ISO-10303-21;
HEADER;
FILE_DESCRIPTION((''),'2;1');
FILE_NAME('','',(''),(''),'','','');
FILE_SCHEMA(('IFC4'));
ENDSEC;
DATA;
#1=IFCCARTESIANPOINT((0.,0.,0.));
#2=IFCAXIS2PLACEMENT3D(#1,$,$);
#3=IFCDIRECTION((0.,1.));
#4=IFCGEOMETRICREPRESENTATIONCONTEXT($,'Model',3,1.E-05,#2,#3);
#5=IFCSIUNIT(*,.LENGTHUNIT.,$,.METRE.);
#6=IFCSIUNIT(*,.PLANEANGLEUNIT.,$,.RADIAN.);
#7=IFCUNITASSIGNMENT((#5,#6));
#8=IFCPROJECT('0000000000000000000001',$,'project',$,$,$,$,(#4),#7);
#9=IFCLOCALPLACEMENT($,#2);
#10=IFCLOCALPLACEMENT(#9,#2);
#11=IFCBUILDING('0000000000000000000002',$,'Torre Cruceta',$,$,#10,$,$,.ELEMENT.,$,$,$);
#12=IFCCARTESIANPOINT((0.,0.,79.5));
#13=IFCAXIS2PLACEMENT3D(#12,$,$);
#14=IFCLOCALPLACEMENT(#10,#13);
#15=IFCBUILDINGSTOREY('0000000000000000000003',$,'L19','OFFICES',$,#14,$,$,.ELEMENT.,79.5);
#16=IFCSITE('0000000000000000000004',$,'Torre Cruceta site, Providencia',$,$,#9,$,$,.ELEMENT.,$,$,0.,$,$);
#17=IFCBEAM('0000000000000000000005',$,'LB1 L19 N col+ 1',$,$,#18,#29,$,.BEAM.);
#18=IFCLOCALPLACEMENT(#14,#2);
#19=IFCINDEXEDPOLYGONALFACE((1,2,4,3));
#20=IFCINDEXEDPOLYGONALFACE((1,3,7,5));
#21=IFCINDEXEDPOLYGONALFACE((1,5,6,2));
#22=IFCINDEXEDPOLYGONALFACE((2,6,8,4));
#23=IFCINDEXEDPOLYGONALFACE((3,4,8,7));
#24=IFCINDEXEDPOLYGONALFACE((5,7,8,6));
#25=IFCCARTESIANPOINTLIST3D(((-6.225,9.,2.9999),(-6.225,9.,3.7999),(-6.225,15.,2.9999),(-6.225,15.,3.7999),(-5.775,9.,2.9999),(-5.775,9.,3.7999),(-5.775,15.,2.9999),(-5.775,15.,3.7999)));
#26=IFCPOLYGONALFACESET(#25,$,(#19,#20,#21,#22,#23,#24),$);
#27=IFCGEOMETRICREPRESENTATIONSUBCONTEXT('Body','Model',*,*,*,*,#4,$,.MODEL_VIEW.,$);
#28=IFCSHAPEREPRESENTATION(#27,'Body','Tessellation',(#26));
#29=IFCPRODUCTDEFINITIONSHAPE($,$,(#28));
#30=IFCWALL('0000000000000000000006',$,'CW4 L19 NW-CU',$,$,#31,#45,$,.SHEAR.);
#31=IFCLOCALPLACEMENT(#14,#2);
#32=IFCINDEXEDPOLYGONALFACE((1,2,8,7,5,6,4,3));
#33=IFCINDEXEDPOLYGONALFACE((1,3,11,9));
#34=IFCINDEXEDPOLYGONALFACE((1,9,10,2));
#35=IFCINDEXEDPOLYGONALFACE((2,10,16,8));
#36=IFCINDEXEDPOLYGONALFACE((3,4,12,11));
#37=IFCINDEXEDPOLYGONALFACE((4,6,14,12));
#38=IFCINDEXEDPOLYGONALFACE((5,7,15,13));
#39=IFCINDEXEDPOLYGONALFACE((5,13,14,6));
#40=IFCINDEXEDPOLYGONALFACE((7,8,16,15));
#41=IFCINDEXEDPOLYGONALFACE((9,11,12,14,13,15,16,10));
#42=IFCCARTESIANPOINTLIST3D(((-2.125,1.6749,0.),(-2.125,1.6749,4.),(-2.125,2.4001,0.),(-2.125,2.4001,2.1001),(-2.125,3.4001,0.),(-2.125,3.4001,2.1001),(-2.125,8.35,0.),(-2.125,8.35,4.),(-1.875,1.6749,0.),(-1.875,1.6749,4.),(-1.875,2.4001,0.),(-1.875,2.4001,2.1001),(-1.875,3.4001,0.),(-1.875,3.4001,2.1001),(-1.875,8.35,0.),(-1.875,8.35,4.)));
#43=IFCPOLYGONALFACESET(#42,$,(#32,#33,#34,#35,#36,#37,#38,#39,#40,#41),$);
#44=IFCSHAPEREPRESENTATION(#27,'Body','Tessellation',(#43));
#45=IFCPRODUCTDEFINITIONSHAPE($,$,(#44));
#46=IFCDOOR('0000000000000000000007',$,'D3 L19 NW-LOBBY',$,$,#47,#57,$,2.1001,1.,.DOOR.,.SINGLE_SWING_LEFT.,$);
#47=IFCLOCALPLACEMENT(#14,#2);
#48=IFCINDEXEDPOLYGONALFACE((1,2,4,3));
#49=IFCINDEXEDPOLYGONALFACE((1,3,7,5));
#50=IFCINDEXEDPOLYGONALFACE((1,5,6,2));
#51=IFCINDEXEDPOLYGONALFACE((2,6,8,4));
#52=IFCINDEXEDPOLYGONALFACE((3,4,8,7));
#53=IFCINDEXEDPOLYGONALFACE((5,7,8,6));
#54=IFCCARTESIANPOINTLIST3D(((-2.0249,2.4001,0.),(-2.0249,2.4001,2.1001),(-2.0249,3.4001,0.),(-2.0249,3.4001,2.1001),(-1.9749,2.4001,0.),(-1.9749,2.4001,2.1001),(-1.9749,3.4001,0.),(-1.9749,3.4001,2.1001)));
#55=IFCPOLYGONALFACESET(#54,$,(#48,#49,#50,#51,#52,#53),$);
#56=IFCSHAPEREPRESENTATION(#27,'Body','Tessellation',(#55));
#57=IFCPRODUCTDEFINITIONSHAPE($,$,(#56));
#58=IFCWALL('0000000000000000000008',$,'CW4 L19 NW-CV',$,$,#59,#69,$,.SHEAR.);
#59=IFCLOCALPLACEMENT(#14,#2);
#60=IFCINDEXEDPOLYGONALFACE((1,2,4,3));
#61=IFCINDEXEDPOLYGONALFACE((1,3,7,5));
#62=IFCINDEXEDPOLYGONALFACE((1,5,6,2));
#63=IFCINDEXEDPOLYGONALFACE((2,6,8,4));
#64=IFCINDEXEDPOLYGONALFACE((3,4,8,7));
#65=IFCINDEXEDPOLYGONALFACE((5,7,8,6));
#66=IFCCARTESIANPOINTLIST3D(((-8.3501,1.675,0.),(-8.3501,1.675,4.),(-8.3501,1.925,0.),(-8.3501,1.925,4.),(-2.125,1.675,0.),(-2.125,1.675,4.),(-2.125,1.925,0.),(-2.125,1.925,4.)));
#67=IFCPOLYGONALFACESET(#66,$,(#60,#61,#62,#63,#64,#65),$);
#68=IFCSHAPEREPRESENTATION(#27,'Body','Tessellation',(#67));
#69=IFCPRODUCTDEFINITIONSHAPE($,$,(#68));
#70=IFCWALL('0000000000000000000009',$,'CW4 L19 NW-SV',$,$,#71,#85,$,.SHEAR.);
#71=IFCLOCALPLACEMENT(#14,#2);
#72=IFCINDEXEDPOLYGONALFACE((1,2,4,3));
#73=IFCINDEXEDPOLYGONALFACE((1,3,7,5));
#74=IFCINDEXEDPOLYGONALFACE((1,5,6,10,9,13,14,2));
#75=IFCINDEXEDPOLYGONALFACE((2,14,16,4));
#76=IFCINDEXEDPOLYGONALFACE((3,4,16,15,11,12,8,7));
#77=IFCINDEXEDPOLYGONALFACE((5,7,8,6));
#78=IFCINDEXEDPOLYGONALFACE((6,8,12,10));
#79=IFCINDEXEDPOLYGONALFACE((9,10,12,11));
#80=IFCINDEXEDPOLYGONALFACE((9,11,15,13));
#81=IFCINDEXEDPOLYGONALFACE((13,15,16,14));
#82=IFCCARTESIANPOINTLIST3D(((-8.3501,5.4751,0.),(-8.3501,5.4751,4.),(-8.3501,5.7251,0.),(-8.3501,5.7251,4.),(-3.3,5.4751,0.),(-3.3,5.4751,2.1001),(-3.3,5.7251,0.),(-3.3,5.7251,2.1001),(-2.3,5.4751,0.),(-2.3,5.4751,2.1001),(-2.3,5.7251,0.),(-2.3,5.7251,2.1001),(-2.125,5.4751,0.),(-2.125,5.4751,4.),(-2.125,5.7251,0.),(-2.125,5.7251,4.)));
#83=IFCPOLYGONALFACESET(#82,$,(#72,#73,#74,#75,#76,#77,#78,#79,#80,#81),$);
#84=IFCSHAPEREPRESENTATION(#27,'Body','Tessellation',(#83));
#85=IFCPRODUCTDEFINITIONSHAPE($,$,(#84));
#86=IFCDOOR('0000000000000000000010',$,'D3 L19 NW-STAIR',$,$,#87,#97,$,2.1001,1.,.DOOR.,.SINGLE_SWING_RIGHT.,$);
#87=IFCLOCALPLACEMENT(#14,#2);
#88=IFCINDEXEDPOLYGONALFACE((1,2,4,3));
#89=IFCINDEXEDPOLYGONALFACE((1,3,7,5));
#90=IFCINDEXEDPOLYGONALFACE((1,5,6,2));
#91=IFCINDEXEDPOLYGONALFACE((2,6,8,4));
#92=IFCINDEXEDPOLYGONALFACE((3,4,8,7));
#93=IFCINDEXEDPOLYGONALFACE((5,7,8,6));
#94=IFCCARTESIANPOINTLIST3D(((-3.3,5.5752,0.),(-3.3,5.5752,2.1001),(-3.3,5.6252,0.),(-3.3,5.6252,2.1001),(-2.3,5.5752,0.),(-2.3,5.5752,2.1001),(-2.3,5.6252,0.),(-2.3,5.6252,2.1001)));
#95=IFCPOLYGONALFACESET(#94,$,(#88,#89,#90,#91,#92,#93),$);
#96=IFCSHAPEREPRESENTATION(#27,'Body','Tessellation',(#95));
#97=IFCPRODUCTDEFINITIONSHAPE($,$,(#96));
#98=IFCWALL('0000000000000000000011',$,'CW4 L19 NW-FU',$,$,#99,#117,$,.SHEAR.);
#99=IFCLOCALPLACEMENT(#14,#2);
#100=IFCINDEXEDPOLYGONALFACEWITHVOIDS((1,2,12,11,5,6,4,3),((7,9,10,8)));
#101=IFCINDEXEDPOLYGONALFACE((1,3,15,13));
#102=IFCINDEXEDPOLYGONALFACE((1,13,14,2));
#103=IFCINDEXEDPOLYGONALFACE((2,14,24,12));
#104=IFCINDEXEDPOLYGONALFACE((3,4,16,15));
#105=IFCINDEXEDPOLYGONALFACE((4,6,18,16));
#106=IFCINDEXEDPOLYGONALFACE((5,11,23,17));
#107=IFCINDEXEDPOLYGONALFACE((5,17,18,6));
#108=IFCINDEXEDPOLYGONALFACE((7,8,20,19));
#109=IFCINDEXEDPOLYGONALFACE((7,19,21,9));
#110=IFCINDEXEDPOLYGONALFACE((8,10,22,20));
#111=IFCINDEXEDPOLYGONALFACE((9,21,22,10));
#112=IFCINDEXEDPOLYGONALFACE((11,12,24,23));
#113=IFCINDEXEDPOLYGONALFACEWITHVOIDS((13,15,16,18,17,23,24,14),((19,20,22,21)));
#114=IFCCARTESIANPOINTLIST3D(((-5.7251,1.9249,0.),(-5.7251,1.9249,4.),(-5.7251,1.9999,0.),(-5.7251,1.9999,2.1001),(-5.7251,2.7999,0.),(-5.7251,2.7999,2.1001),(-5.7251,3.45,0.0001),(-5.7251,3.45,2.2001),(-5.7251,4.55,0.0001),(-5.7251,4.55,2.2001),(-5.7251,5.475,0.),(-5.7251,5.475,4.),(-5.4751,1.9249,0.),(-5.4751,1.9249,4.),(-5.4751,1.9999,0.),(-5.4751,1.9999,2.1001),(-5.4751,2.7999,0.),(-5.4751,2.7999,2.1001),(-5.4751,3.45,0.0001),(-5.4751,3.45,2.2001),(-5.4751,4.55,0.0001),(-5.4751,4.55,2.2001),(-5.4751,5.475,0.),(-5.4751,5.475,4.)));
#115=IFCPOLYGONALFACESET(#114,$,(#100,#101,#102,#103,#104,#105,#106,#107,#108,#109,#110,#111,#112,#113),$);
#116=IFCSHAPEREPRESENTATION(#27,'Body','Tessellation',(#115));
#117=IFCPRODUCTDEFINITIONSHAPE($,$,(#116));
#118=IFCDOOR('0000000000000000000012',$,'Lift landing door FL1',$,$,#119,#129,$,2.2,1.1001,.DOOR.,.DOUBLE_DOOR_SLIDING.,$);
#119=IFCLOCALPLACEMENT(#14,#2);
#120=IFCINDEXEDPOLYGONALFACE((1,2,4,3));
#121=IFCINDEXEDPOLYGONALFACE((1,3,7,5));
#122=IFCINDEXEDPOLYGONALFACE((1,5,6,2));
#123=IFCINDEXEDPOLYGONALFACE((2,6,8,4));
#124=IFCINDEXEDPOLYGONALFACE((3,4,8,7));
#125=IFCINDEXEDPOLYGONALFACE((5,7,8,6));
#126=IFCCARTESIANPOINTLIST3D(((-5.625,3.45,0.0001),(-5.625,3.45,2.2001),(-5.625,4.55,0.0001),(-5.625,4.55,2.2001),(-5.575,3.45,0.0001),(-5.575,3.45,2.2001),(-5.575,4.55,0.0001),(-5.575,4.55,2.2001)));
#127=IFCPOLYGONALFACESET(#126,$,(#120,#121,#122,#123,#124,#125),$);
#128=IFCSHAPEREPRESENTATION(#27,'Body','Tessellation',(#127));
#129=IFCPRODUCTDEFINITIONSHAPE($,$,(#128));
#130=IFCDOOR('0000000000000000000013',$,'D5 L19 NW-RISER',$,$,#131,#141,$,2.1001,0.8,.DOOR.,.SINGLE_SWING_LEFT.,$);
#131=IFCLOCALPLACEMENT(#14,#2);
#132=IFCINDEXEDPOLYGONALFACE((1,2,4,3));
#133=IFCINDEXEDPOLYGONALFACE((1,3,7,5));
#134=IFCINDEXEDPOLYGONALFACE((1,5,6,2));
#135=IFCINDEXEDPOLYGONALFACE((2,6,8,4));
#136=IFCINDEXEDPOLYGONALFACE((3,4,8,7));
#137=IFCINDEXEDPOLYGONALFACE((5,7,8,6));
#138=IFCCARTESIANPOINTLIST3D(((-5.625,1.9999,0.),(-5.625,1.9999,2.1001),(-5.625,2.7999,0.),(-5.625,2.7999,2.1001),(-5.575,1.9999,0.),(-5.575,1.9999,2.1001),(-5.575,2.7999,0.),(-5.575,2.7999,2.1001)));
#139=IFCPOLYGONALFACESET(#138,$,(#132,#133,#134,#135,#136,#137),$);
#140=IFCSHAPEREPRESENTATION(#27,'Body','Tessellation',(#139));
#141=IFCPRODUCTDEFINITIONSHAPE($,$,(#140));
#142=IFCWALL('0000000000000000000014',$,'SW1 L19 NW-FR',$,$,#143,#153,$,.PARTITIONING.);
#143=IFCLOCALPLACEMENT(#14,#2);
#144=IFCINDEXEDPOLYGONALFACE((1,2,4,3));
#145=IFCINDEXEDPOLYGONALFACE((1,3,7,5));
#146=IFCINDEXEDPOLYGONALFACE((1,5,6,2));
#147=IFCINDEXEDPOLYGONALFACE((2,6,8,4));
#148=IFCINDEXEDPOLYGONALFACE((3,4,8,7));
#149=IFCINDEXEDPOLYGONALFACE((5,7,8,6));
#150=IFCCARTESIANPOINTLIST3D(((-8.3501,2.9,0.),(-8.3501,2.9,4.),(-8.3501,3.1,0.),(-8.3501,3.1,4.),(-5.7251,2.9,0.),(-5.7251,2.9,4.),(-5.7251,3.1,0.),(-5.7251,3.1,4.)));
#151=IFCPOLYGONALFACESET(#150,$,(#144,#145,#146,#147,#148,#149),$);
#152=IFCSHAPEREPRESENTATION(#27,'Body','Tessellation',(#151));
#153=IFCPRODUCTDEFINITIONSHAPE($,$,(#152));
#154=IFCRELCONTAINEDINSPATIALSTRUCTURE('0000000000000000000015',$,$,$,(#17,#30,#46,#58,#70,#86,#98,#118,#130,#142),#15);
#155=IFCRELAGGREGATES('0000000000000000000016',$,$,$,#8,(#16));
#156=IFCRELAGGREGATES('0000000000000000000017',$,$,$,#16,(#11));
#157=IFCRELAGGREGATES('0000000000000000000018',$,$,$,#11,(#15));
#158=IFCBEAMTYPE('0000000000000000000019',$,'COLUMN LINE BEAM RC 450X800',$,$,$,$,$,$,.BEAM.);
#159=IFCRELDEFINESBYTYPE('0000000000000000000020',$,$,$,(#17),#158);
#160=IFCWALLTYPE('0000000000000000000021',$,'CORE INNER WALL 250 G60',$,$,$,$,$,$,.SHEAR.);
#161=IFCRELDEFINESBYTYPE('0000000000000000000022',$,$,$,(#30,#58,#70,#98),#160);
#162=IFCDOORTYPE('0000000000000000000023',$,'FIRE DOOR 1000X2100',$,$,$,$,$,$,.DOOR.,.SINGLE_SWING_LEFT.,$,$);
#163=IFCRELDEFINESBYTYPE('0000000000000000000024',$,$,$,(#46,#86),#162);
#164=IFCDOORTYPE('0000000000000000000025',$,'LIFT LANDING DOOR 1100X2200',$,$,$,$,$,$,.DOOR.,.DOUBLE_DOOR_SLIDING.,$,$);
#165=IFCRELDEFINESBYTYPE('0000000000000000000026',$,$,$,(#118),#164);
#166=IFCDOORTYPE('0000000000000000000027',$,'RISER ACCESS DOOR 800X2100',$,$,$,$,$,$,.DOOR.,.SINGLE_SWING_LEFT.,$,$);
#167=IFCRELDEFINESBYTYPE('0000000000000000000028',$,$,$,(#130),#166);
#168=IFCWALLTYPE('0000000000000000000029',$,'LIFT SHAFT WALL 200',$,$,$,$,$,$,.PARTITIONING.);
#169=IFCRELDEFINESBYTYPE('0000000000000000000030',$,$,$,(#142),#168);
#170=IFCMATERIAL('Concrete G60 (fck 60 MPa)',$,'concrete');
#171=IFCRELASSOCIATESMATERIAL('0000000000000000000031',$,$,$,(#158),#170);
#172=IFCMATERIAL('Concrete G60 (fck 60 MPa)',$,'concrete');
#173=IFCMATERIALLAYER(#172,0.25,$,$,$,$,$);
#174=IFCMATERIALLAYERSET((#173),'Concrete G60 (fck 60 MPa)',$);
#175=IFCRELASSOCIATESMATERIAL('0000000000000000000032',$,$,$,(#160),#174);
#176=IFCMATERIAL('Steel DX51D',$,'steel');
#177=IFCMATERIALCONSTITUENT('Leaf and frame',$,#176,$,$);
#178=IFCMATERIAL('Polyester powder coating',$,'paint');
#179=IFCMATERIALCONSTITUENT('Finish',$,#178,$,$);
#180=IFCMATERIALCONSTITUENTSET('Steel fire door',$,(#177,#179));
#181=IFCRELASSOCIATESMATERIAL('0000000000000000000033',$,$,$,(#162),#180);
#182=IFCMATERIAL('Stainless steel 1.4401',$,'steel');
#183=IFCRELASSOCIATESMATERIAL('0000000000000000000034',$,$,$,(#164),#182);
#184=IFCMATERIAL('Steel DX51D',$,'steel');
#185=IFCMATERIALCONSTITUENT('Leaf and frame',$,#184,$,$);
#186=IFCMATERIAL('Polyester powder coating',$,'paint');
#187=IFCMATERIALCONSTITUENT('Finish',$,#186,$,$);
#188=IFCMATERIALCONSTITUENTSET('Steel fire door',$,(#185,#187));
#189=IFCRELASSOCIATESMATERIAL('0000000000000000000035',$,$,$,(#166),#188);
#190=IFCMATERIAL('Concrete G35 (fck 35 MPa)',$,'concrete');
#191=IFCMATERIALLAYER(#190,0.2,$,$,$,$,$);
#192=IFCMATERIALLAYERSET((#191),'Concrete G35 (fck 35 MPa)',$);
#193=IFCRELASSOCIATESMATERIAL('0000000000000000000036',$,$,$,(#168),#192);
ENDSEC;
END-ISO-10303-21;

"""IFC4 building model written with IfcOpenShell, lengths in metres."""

from ifc_helpers import new_model, si_unit, direction, frame, frame_2d, origin, origin_2d, place, context, subcontext, project, spatial, rectangle, extrude, material, layer, layer_set, constituent, constituent_set, material_profile, profile_set, type_object, element, fill, save


model = new_model("IFC4")

# Units and contexts
model_context = context("Model", 3, precision=1e-05, world=origin(), true_north=direction((0.0, 1.0)))
body_context = subcontext(model_context, "Body", "Model", "MODEL_VIEW")
ifc_project = project(units=[si_unit("LENGTHUNIT", "METRE"), si_unit("PLANEANGLEUNIT", "RADIAN")], contexts=[model_context])

# Site, building, storey
site_placement = place(None, origin())
site = spatial("IfcSite", under=ifc_project, at=site_placement, Name="Torre Cruceta site, Providencia", CompositionType="ELEMENT", RefElevation=0.0)
building_placement = place(site_placement, origin())
building = spatial("IfcBuilding", under=site, at=building_placement, Name="Torre Cruceta", CompositionType="ELEMENT")
storey_placement = place(building_placement, frame((0.0, 0.0, 79.5)))
storey = spatial("IfcBuildingStorey", under=building, at=storey_placement, Name="L19", Description="OFFICES", CompositionType="ELEMENT", Elevation=79.5)

# Beam
ifc_material_1 = material(Name="Concrete G60 (fck 60 MPa)", Category="concrete")
ifc_material_profile = material_profile(ifc_material_1, rectangle(XDim=0.45, YDim=0.8, at=origin_2d()), Name="RC 450X800")
ifc_profile_set = profile_set([ifc_material_profile], Name="Concrete G60 (fck 60 MPa)")
beam_type = type_object("IfcBeamType", Name="COLUMN LINE BEAM RC 450X800", PredefinedType="BEAM", material=ifc_profile_set)
beam_placement = place(storey_placement, frame((-6.0, 9.0, 3.3999), z_axis=(0.0, 1.0, 0.0), x_axis=(-1.0, 0.0, 0.0)))
element("IfcBeam", 1, at=beam_placement, inside=storey, type_object=beam_type, Name="LB1 L19 N col+ 1", PredefinedType="BEAM", context=body_context, shape_type="SweptSolid", body=[
    extrude(rectangle(XDim=0.45, YDim=0.8, at=origin_2d()), origin(), (0.0, 0.0, 1.0), 6.0),
])

# Wall, opening, door
ifc_material_2 = material(Name="Concrete G60 (fck 60 MPa)", Category="concrete")
ifc_layer_1 = layer(ifc_material_2, 0.25)
ifc_layer_set_1 = layer_set([ifc_layer_1], Name="Concrete G60 (fck 60 MPa)")
wall_type_1 = type_object("IfcWallType", Name="CORE INNER WALL 250 G60", PredefinedType="SHEAR", material=ifc_layer_set_1)
wall_1_placement = place(storey_placement, frame((-2.0, 1.675, 0.0), z_axis=(0.0, 0.0, 1.0), x_axis=(0.0, 1.0, 0.0)))
wall_1 = element("IfcWall", 2, at=wall_1_placement, inside=storey, type_object=wall_type_1, Name="CW4 L19 NW-CU", PredefinedType="SHEAR", context=body_context, shape_type="SweptSolid", body=[
    extrude(rectangle(XDim=6.675, YDim=0.25, at=frame_2d((3.3374, 0.0))), origin(), (0.0, 0.0, 1.0), 4.0),
])
opening_1_placement = place(wall_1_placement, frame((0.7251, 0.0, 0.0)))
opening_1 = element("IfcOpeningElement", 3, at=opening_1_placement, cuts=wall_1, PredefinedType="OPENING", context=body_context, shape_type="SweptSolid", body=[
    extrude(rectangle(XDim=1.0, YDim=2.1001, at=frame_2d((0.5, 1.05))), frame((0.0, 0.135, 0.0), z_axis=(0.0, -1.0, 0.0), x_axis=(1.0, 0.0, 0.0)), (0.0, 0.0, 1.0), 0.27),
])
ifc_material_3 = material(Name="Steel DX51D", Category="steel")
ifc_constituent_1 = constituent(ifc_material_3, Name="Leaf and frame")
ifc_material_4 = material(Name="Polyester powder coating", Category="paint")
ifc_constituent_2 = constituent(ifc_material_4, Name="Finish")
ifc_constituent_set_1 = constituent_set(constituents=[ifc_constituent_1, ifc_constituent_2], Name="Steel fire door")
door_type_1 = type_object("IfcDoorType", Name="FIRE DOOR 1000X2100", OperationType="SINGLE_SWING_LEFT", PredefinedType="DOOR", material=ifc_constituent_set_1)
door_1_placement = place(opening_1_placement, origin())
door_1 = element("IfcDoor", 4, at=door_1_placement, inside=storey, type_object=door_type_1, Name="D3 L19 NW-LOBBY", OperationType="SINGLE_SWING_LEFT", OverallHeight=2.1001, OverallWidth=1.0, PredefinedType="DOOR", context=body_context, shape_type="SweptSolid", body=[
    extrude(rectangle(XDim=1.0, YDim=2.1001, at=frame_2d((0.5, 1.05))), frame((0.0, 0.0249, 0.0), z_axis=(0.0, -1.0, 0.0), x_axis=(1.0, 0.0, 0.0)), (0.0, 0.0, 1.0), 0.05),
])
fill(opening_1, door_1)

# Wall
wall_2_placement = place(storey_placement, frame((-2.125, 1.8, 0.0), z_axis=(0.0, 0.0, 1.0), x_axis=(-1.0, 0.0, 0.0)))
element("IfcWall", 5, at=wall_2_placement, inside=storey, type_object=wall_type_1, Name="CW4 L19 NW-CV", PredefinedType="SHEAR", context=body_context, shape_type="SweptSolid", body=[
    extrude(rectangle(XDim=6.2251, YDim=0.25, at=frame_2d((3.1125, 0.0))), origin(), (0.0, 0.0, 1.0), 4.0),
])

# Wall, opening, door
wall_3_placement = place(storey_placement, frame((-2.125, 5.6001, 0.0), z_axis=(0.0, 0.0, 1.0), x_axis=(-1.0, 0.0, 0.0)))
wall_3 = element("IfcWall", 6, at=wall_3_placement, inside=storey, type_object=wall_type_1, Name="CW4 L19 NW-SV", PredefinedType="SHEAR", context=body_context, shape_type="SweptSolid", body=[
    extrude(rectangle(XDim=6.2251, YDim=0.25, at=frame_2d((3.1125, 0.0))), origin(), (0.0, 0.0, 1.0), 4.0),
])
opening_2_placement = place(wall_3_placement, frame((0.175, 0.0, 0.0)))
opening_2 = element("IfcOpeningElement", 7, at=opening_2_placement, cuts=wall_3, PredefinedType="OPENING", context=body_context, shape_type="SweptSolid", body=[
    extrude(rectangle(XDim=1.0, YDim=2.1001, at=frame_2d((0.5, 1.05))), frame((0.0, 0.135, 0.0), z_axis=(0.0, -1.0, 0.0), x_axis=(1.0, 0.0, 0.0)), (0.0, 0.0, 1.0), 0.27),
])
door_2_placement = place(opening_2_placement, frame((1.0, 0.0, 0.0), z_axis=(0.0, 0.0, 1.0), x_axis=(-1.0, 0.0, 0.0)))
door_2 = element("IfcDoor", 8, at=door_2_placement, inside=storey, type_object=door_type_1, Name="D3 L19 NW-STAIR", OperationType="SINGLE_SWING_RIGHT", OverallHeight=2.1001, OverallWidth=1.0, PredefinedType="DOOR", context=body_context, shape_type="SweptSolid", body=[
    extrude(rectangle(XDim=1.0, YDim=2.1001, at=frame_2d((0.5, 1.05))), frame((0.0, 0.0251, 0.0), z_axis=(0.0, -1.0, 0.0), x_axis=(1.0, 0.0, 0.0)), (0.0, 0.0, 1.0), 0.05),
])
fill(opening_2, door_2)

# Wall, openings, doors
wall_4_placement = place(storey_placement, frame((-5.6001, 1.925, 0.0), z_axis=(0.0, 0.0, 1.0), x_axis=(0.0, 1.0, 0.0)))
wall_4 = element("IfcWall", 9, at=wall_4_placement, inside=storey, type_object=wall_type_1, Name="CW4 L19 NW-FU", PredefinedType="SHEAR", context=body_context, shape_type="SweptSolid", body=[
    extrude(rectangle(XDim=3.55, YDim=0.25, at=frame_2d((1.7749, 0.0))), origin(), (0.0, 0.0, 1.0), 4.0),
])
opening_3_placement = place(wall_4_placement, frame((1.5249, 0.0, 0.0)))
opening_3 = element("IfcOpeningElement", 10, at=opening_3_placement, cuts=wall_4, PredefinedType="OPENING", context=body_context, shape_type="SweptSolid", body=[
    extrude(rectangle(XDim=1.1001, YDim=2.2, at=frame_2d((0.55, 1.1001))), frame((0.0, 0.135, 0.0), z_axis=(0.0, -1.0, 0.0), x_axis=(1.0, 0.0, 0.0)), (0.0, 0.0, 1.0), 0.27),
])
opening_4_placement = place(wall_4_placement, frame((0.075, 0.0, 0.0)))
opening_4 = element("IfcOpeningElement", 11, at=opening_4_placement, cuts=wall_4, PredefinedType="OPENING", context=body_context, shape_type="SweptSolid", body=[
    extrude(rectangle(XDim=0.8, YDim=2.1001, at=frame_2d((0.3999, 1.05))), frame((0.0, 0.135, 0.0), z_axis=(0.0, -1.0, 0.0), x_axis=(1.0, 0.0, 0.0)), (0.0, 0.0, 1.0), 0.27),
])
ifc_material_5 = material(Name="Stainless steel 1.4401", Category="steel")
door_type_2 = type_object("IfcDoorType", Name="LIFT LANDING DOOR 1100X2200", OperationType="DOUBLE_DOOR_SLIDING", PredefinedType="DOOR", material=ifc_material_5)
door_3_placement = place(opening_3_placement, origin())
door_3 = element("IfcDoor", 12, at=door_3_placement, inside=storey, type_object=door_type_2, Name="Lift landing door FL1", OperationType="DOUBLE_DOOR_SLIDING", OverallHeight=2.2, OverallWidth=1.1001, PredefinedType="DOOR", context=body_context, shape_type="SweptSolid", body=[
    extrude(rectangle(XDim=1.1001, YDim=2.2, at=frame_2d((0.55, 1.1001))), frame((0.0, 0.0249, 0.0), z_axis=(0.0, -1.0, 0.0), x_axis=(1.0, 0.0, 0.0)), (0.0, 0.0, 1.0), 0.05),
])
fill(opening_3, door_3)
ifc_material_6 = material(Name="Steel DX51D", Category="steel")
ifc_constituent_3 = constituent(ifc_material_6, Name="Leaf and frame")
ifc_material_7 = material(Name="Polyester powder coating", Category="paint")
ifc_constituent_4 = constituent(ifc_material_7, Name="Finish")
ifc_constituent_set_2 = constituent_set(constituents=[ifc_constituent_3, ifc_constituent_4], Name="Steel fire door")
door_type_3 = type_object("IfcDoorType", Name="RISER ACCESS DOOR 800X2100", OperationType="SINGLE_SWING_LEFT", PredefinedType="DOOR", material=ifc_constituent_set_2)
door_4_placement = place(opening_4_placement, origin())
door_4 = element("IfcDoor", 13, at=door_4_placement, inside=storey, type_object=door_type_3, Name="D5 L19 NW-RISER", OperationType="SINGLE_SWING_LEFT", OverallHeight=2.1001, OverallWidth=0.8, PredefinedType="DOOR", context=body_context, shape_type="SweptSolid", body=[
    extrude(rectangle(XDim=0.8, YDim=2.1001, at=frame_2d((0.3999, 1.05))), frame((0.0, 0.0249, 0.0), z_axis=(0.0, -1.0, 0.0), x_axis=(1.0, 0.0, 0.0)), (0.0, 0.0, 1.0), 0.05),
])
fill(opening_4, door_4)

# Wall
ifc_material_8 = material(Name="Concrete G35 (fck 35 MPa)", Category="concrete")
ifc_layer_2 = layer(ifc_material_8, 0.2)
ifc_layer_set_2 = layer_set([ifc_layer_2], Name="Concrete G35 (fck 35 MPa)")
wall_type_2 = type_object("IfcWallType", Name="LIFT SHAFT WALL 200", PredefinedType="PARTITIONING", material=ifc_layer_set_2)
wall_5_placement = place(storey_placement, frame((-5.7251, 3.0, 0.0), z_axis=(0.0, 0.0, 1.0), x_axis=(-1.0, 0.0, 0.0)))
element("IfcWall", 14, at=wall_5_placement, inside=storey, type_object=wall_type_2, Name="SW1 L19 NW-FR", PredefinedType="PARTITIONING", context=body_context, shape_type="SweptSolid", body=[
    extrude(rectangle(XDim=2.625, YDim=0.2, at=frame_2d((1.3125, 0.0))), origin(), (0.0, 0.0, 1.0), 4.0),
])

save(model, "model.ifc")
